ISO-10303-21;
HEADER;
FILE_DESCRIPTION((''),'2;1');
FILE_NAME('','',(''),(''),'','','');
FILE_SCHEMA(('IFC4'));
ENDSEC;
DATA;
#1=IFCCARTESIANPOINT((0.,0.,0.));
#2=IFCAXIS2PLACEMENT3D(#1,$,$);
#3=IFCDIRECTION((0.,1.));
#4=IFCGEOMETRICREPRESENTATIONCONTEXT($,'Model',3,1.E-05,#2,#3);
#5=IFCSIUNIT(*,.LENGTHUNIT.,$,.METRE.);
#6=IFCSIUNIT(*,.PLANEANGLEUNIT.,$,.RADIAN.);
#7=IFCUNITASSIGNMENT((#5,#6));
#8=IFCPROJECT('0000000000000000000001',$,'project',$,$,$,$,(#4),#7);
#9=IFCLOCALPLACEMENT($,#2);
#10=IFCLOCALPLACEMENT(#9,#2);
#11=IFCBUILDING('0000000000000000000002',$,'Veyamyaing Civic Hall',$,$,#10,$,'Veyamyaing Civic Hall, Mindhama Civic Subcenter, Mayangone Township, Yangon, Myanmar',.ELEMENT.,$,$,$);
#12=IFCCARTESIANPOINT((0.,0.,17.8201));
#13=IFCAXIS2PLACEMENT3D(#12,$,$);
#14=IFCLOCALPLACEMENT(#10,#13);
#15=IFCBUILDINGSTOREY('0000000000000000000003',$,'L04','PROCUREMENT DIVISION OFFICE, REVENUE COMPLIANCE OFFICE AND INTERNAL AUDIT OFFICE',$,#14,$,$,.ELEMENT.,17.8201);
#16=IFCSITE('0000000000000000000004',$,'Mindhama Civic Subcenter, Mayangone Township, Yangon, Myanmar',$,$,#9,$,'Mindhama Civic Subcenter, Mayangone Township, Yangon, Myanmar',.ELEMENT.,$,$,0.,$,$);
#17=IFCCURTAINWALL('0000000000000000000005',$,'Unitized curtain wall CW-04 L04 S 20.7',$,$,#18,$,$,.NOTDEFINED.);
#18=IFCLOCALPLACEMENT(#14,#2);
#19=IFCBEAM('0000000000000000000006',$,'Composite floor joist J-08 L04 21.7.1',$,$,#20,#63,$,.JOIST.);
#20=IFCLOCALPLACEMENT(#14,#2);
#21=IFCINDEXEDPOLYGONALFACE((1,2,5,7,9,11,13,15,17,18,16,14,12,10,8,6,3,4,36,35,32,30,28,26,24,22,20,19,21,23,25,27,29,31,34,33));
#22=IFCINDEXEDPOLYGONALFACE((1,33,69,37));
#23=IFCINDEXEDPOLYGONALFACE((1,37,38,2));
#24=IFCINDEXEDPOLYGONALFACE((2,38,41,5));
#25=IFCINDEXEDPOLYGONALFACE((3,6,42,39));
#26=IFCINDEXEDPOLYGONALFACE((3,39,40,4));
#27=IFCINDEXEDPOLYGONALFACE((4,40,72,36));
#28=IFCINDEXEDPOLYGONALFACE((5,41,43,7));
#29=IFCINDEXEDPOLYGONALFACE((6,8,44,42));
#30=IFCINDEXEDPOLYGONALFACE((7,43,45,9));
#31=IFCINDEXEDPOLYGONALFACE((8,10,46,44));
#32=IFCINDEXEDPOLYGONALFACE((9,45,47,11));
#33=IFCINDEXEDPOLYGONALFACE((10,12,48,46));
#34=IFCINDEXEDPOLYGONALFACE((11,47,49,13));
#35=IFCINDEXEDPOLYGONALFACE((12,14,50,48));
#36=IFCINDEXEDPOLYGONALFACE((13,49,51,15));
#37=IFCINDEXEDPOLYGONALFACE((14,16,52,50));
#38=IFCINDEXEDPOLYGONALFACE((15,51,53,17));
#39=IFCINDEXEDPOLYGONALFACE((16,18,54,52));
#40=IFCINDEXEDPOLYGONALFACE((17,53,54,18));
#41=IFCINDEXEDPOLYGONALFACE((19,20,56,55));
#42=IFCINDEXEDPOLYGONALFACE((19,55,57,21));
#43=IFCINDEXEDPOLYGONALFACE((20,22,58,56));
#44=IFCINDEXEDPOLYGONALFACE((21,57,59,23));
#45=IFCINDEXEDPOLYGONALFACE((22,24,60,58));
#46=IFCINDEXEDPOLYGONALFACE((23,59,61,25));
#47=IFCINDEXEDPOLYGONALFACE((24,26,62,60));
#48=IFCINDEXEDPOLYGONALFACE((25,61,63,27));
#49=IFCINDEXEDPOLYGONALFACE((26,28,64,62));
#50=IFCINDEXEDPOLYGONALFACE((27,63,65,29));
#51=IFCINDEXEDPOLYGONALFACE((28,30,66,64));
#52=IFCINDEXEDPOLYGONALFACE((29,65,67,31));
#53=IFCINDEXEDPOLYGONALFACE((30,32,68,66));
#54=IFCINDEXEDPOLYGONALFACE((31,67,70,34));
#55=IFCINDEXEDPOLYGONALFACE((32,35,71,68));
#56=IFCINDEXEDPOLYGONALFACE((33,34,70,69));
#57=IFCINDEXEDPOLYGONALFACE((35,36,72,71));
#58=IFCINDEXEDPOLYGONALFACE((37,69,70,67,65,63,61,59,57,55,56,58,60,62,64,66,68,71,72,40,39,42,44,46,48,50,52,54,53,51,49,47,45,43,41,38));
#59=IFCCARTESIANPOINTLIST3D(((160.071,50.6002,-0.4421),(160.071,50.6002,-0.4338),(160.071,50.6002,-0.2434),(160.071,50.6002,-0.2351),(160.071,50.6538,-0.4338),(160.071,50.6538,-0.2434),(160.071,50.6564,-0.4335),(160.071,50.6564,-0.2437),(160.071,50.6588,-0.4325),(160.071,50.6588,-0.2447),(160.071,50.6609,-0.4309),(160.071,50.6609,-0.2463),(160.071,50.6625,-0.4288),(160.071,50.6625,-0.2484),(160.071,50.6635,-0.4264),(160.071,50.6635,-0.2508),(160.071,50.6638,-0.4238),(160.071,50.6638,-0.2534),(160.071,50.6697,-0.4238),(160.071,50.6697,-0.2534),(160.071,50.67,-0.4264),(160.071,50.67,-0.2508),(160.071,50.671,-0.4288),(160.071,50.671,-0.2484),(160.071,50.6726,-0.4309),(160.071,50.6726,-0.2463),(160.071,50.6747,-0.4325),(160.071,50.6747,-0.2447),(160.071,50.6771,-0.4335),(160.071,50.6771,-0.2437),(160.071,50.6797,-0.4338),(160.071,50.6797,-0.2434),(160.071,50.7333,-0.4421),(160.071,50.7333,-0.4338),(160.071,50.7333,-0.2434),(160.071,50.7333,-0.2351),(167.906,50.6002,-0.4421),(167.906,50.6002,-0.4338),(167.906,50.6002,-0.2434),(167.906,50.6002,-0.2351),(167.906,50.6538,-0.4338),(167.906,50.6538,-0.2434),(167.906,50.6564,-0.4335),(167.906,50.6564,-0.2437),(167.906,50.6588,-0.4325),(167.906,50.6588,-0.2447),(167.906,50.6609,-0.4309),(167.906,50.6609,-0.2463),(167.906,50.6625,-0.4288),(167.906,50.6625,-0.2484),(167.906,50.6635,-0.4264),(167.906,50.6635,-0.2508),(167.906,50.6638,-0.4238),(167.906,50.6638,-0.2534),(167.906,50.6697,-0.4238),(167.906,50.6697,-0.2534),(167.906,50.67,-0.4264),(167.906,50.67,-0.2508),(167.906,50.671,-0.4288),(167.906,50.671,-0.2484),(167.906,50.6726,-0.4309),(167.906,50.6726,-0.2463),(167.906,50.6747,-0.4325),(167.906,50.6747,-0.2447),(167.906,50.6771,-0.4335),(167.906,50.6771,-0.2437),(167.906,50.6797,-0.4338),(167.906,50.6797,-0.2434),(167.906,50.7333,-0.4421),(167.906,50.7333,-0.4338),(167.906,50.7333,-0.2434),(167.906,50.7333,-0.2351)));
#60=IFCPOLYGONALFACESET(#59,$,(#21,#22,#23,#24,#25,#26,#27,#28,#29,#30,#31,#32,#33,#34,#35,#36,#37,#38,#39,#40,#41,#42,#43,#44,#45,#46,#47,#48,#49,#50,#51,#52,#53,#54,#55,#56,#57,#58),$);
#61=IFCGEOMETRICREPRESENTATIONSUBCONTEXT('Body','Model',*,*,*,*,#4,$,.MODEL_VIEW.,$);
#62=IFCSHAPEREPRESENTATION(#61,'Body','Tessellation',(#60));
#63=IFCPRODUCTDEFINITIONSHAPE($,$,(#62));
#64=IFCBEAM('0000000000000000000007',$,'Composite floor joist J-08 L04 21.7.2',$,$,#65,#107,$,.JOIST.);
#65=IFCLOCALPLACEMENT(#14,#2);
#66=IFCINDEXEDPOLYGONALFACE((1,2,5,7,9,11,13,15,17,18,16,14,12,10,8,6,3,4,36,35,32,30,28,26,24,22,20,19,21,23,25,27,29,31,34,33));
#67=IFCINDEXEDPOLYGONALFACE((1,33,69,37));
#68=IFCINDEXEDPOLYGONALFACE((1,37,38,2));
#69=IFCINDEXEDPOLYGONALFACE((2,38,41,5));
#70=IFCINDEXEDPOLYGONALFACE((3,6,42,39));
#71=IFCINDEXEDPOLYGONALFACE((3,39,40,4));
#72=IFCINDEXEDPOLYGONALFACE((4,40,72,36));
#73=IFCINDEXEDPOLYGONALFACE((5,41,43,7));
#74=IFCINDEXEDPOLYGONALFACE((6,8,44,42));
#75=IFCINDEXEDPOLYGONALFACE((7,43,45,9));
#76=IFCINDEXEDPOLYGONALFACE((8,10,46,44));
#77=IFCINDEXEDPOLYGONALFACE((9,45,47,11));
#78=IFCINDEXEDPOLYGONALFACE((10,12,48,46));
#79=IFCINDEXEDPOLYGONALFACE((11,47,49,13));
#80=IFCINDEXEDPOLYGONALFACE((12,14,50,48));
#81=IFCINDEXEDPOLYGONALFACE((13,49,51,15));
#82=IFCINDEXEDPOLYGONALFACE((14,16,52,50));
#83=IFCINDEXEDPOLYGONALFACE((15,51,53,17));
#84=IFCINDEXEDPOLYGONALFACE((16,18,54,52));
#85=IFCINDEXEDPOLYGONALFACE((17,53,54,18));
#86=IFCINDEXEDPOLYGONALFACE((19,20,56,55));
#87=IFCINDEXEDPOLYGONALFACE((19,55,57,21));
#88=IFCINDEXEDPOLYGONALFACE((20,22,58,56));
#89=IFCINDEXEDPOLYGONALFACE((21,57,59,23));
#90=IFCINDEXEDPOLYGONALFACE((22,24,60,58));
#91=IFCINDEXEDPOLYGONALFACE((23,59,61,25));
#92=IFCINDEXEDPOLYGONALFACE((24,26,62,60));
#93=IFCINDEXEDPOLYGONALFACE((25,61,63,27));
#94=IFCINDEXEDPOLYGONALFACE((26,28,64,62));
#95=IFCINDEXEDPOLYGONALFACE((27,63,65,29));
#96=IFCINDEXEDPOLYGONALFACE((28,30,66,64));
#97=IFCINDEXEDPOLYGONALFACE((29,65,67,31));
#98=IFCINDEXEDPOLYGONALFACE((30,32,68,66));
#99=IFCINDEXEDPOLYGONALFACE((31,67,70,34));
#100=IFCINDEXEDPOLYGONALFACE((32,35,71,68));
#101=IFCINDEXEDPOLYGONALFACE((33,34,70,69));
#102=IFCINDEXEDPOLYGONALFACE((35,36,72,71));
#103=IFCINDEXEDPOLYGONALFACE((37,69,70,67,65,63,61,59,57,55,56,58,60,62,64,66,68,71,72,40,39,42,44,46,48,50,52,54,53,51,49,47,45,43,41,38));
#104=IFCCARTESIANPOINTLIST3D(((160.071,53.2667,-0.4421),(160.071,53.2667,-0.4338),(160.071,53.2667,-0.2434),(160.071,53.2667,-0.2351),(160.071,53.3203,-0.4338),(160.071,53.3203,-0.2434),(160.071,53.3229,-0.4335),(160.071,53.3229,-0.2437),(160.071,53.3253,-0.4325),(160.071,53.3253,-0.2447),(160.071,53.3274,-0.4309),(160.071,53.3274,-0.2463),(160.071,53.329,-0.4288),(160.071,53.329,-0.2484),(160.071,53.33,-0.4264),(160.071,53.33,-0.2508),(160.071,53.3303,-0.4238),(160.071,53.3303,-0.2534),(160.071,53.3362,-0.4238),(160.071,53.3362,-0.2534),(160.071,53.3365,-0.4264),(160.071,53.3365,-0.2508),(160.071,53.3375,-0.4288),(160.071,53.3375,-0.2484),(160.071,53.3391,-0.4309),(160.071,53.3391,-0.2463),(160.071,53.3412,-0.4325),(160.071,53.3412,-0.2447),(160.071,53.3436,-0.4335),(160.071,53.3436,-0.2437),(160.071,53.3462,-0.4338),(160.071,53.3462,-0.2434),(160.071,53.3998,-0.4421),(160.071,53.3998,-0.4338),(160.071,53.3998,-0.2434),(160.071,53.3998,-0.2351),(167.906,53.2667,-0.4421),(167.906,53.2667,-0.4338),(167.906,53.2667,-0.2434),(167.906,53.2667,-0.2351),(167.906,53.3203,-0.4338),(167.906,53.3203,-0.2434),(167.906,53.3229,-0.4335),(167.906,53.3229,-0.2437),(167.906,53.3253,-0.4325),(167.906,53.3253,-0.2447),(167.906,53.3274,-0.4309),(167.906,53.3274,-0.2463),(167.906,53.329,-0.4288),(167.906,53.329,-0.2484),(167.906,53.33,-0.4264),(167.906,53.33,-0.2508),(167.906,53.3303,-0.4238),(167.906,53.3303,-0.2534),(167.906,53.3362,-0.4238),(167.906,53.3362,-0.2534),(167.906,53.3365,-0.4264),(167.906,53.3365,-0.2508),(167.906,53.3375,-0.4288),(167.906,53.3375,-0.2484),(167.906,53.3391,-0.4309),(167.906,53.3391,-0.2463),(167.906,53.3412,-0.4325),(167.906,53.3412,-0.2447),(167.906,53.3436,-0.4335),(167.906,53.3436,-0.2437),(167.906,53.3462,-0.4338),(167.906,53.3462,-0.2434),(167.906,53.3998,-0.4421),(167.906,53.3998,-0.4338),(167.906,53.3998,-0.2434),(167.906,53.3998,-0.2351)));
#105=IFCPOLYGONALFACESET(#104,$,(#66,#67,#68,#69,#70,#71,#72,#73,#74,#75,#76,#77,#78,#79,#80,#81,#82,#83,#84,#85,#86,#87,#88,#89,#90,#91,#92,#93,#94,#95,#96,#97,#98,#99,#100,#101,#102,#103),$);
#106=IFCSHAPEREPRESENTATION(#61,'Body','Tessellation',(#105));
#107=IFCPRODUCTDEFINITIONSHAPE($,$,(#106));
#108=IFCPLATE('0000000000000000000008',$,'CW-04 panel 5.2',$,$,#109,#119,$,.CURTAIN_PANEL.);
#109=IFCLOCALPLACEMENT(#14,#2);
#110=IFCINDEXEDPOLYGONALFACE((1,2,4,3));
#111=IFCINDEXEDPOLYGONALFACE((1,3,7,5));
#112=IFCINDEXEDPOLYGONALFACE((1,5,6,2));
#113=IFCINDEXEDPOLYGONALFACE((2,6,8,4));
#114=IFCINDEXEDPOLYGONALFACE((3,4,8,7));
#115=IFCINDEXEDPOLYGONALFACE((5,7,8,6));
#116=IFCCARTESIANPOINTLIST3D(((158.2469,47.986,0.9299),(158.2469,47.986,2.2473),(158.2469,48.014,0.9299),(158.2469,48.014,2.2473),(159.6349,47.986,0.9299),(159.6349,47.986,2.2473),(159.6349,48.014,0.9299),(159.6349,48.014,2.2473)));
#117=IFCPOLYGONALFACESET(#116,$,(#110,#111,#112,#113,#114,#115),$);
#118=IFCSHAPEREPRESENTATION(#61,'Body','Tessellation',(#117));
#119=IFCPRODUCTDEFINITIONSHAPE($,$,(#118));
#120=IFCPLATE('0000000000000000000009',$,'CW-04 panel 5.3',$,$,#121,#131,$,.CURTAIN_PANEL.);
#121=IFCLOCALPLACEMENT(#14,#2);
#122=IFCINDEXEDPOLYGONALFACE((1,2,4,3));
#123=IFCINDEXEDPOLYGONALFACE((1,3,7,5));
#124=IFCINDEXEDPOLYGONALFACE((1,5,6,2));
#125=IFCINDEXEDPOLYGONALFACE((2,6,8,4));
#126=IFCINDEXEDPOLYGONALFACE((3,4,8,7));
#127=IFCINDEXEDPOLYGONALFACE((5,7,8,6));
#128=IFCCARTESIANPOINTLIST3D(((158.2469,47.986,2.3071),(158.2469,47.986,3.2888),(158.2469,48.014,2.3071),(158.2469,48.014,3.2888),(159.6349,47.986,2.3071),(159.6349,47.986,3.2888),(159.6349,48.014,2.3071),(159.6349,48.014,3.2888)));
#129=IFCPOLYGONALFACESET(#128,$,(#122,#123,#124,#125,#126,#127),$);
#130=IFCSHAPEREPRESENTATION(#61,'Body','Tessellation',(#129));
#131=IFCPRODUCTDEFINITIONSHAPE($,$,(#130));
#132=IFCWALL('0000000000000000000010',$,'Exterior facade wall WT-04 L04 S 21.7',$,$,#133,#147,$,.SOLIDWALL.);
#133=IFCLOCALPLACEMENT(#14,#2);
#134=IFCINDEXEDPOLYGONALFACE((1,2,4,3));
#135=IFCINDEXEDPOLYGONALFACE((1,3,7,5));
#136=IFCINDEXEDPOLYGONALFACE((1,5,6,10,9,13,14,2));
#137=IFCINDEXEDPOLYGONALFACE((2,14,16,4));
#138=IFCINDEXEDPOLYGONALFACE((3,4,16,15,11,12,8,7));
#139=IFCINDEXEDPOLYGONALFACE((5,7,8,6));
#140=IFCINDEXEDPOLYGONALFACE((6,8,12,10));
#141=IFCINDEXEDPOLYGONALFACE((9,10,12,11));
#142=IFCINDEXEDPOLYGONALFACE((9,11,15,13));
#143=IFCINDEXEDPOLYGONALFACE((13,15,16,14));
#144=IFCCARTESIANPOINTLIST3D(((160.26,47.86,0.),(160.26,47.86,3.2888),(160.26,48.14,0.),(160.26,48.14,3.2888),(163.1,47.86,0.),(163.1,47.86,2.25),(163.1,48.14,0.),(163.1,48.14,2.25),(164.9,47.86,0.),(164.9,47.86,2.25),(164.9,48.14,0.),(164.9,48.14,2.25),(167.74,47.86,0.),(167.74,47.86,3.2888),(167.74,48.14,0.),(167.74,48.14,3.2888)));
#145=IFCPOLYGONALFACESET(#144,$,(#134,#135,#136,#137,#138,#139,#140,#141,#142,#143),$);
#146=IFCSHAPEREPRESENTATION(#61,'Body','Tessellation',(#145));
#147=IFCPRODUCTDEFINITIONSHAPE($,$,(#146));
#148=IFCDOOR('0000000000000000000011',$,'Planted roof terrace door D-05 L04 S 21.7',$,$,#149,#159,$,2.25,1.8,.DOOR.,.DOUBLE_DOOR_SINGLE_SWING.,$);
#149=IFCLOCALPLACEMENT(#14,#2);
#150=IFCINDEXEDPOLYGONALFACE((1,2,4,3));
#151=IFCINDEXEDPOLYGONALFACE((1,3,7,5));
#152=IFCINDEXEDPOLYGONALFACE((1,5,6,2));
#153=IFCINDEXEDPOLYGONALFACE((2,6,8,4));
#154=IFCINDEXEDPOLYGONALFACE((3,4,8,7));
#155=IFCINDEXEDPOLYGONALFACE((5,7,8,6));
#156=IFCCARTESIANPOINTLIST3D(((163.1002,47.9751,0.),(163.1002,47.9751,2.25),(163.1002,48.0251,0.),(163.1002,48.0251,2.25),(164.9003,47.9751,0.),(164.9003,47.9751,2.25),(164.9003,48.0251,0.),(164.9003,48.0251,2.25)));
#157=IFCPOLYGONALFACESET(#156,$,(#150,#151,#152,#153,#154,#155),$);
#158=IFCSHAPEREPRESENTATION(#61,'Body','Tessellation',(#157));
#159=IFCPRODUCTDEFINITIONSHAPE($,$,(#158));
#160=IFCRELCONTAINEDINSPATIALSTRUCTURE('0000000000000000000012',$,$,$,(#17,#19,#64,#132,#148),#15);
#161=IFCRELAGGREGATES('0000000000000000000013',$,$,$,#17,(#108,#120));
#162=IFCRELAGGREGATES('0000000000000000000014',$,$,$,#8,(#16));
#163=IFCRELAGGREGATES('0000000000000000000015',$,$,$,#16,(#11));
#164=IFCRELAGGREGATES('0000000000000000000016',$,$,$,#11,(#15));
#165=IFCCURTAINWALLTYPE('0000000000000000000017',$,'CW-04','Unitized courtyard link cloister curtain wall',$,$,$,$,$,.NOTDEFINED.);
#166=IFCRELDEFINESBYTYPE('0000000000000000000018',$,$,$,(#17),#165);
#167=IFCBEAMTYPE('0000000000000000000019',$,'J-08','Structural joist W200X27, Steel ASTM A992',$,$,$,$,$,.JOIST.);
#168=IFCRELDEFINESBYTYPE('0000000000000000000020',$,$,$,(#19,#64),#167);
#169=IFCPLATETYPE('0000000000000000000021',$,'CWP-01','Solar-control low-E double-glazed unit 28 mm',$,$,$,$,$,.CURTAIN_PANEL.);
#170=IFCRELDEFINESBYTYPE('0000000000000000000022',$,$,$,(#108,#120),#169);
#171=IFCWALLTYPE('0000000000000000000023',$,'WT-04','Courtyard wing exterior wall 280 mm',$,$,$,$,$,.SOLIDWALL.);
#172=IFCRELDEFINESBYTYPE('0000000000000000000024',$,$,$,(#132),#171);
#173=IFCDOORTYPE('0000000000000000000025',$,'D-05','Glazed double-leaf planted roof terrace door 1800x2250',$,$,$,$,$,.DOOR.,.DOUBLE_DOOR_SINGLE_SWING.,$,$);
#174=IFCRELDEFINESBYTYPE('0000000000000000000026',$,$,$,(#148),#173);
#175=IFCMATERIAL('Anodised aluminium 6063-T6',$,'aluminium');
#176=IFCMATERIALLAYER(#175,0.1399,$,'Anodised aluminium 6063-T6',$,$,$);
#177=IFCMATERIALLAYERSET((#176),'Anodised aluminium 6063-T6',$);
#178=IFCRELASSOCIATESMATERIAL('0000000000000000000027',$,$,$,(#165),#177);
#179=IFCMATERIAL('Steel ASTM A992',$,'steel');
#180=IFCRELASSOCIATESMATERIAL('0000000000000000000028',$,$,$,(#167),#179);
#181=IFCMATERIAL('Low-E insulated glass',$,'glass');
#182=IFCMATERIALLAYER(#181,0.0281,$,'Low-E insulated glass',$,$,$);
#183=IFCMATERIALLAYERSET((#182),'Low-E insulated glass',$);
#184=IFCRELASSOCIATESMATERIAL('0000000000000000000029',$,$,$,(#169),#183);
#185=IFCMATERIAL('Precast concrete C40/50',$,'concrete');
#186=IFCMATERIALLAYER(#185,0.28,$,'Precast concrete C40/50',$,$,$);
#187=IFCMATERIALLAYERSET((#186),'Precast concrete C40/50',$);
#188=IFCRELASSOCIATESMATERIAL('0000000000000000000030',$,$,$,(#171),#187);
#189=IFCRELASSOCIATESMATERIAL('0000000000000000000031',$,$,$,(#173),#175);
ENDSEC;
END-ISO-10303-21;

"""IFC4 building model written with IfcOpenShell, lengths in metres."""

from ifc_helpers import new_model, si_unit, direction, frame, frame_2d, origin, origin_2d, place, context, subcontext, project, spatial, rectangle, i_section, extrude, material, layer, layer_set, material_profile, profile_set, type_object, element, fill, aggregate, save


model = new_model("IFC4")

# Units and contexts
model_context = context("Model", 3, precision=1e-05, world=origin(), true_north=direction((0.0, 1.0)))
body_context = subcontext(model_context, "Body", "Model", "MODEL_VIEW")
ifc_project = project(units=[si_unit("LENGTHUNIT", "METRE"), si_unit("PLANEANGLEUNIT", "RADIAN")], contexts=[model_context])

# Site, building, storey
site_placement = place(None, origin())
site = spatial("IfcSite", under=ifc_project, at=site_placement, Name="Mindhama Civic Subcenter, Mayangone Township, Yangon, Myanmar", LongName="Mindhama Civic Subcenter, Mayangone Township, Yangon, Myanmar", CompositionType="ELEMENT", RefElevation=0.0)
building_placement = place(site_placement, origin())
building = spatial("IfcBuilding", under=site, at=building_placement, Name="Veyamyaing Civic Hall", LongName="Veyamyaing Civic Hall, Mindhama Civic Subcenter, Mayangone Township, Yangon, Myanmar", CompositionType="ELEMENT")
storey_placement = place(building_placement, frame((0.0, 0.0, 17.8201)))
storey = spatial("IfcBuildingStorey", under=building, at=storey_placement, Name="L04", Description="PROCUREMENT DIVISION OFFICE, REVENUE COMPLIANCE OFFICE AND INTERNAL AUDIT OFFICE", CompositionType="ELEMENT", Elevation=17.8201)

# Shared definitions
ifc_material_1 = material(Name="Steel ASTM A992", Category="steel")

# Curtain wall
ifc_material_2 = material(Name="Anodised aluminium 6063-T6", Category="aluminium")
ifc_layer_1 = layer(ifc_material_2, 0.1399, Name="Anodised aluminium 6063-T6")
ifc_layer_set_1 = layer_set([ifc_layer_1], Name="Anodised aluminium 6063-T6")
curtain_wall_type = type_object("IfcCurtainWallType", Name="CW-04", Description="Unitized courtyard link cloister curtain wall", PredefinedType="NOTDEFINED", material=ifc_layer_set_1)
curtain_wall_placement = place(storey_placement, origin())
curtain_wall = element("IfcCurtainWall", 1, at=curtain_wall_placement, inside=storey, type_object=curtain_wall_type, Name="Unitized curtain wall CW-04 L04 S 20.7", PredefinedType="NOTDEFINED")

# Beams
ifc_material_profile_1 = material_profile(ifc_material_1, i_section(OverallWidth=0.1331, OverallDepth=0.207, WebThickness=0.0059, FlangeThickness=0.0083, FilletRadius=0.01, at=origin_2d()), Name="W200X27")
ifc_profile_set_1 = profile_set([ifc_material_profile_1], Name="Steel ASTM A992")
beam_type_1 = type_object("IfcBeamType", Name="J-08", Description="Structural joist W200X27, Steel ASTM A992", PredefinedType="JOIST", material=ifc_profile_set_1)
for number, where, z_axis, x_axis, name in (
    (2, (160.071, 50.6667, -0.3386), (1.0, 0.0, 0.0), (0.0, 1.0, 0.0), "Composite floor joist J-08 L04 21.7.1"),
    (3, (160.071, 53.3333, -0.3386), (1.0, 0.0, 0.0), (0.0, 1.0, 0.0), "Composite floor joist J-08 L04 21.7.2"),
):
    element("IfcBeam", number, at=place(storey_placement, frame(where, z_axis=z_axis, x_axis=x_axis)), inside=storey, type_object=beam_type_1, Name=name, PredefinedType="JOIST", context=body_context, shape_type="SweptSolid", body=[
        extrude(i_section(OverallWidth=0.1331, OverallDepth=0.207, WebThickness=0.0059, FlangeThickness=0.0083, FilletRadius=0.01, at=origin_2d()), origin(), (0.0, 0.0, 1.0), 7.835),
    ])

# Plates
ifc_material_3 = material(Name="Low-E insulated glass", Category="glass")
ifc_layer_2 = layer(ifc_material_3, 0.0281, Name="Low-E insulated glass")
ifc_layer_set_2 = layer_set([ifc_layer_2], Name="Low-E insulated glass")
plate_type = type_object("IfcPlateType", Name="CWP-01", Description="Solar-control low-E double-glazed unit 28 mm", PredefinedType="CURTAIN_PANEL", material=ifc_layer_set_2)
plate_1_placement = place(storey_placement, frame((158.9409, 48.0, 0.9299), z_axis=(0.0, 0.0, 1.0), x_axis=(1.0, 0.0, 0.0)))
plate_1 = element("IfcPlate", 4, at=plate_1_placement, type_object=plate_type, Name="CW-04 panel 5.2", PredefinedType="CURTAIN_PANEL", context=body_context, shape_type="SweptSolid", body=[
    extrude(rectangle(XDim=1.3879, YDim=0.0281, at=origin_2d()), origin(), (0.0, 0.0, 1.0), 1.3174),
])
plate_2_placement = place(storey_placement, frame((158.9409, 48.0, 2.3071), z_axis=(0.0, 0.0, 1.0), x_axis=(1.0, 0.0, 0.0)))
plate_2 = element("IfcPlate", 5, at=plate_2_placement, type_object=plate_type, Name="CW-04 panel 5.3", PredefinedType="CURTAIN_PANEL", context=body_context, shape_type="SweptSolid", body=[
    extrude(rectangle(XDim=1.3879, YDim=0.0281, at=origin_2d()), origin(), (0.0, 0.0, 1.0), 0.9817),
])
aggregate(curtain_wall, [plate_1, plate_2])

# Wall, opening, door
ifc_material_4 = material(Name="Precast concrete C40/50", Category="concrete")
ifc_layer_3 = layer(ifc_material_4, 0.28, Name="Precast concrete C40/50")
ifc_layer_set_3 = layer_set([ifc_layer_3], Name="Precast concrete C40/50")
wall_type_1 = type_object("IfcWallType", Name="WT-04", Description="Courtyard wing exterior wall 280 mm", PredefinedType="SOLIDWALL", material=ifc_layer_set_3)
wall_1_placement = place(storey_placement, frame((160.26, 48.0, 0.0), z_axis=(0.0, 0.0, 1.0), x_axis=(1.0, 0.0, 0.0)))
wall_1 = element("IfcWall", 6, at=wall_1_placement, inside=storey, type_object=wall_type_1, Name="Exterior facade wall WT-04 L04 S 21.7", PredefinedType="SOLIDWALL", context=body_context, shape_type="SweptSolid", body=[
    extrude(rectangle(XDim=7.48, YDim=0.28, at=frame_2d((3.74, 0.0))), origin(), (0.0, 0.0, 1.0), 3.2888),
])
opening_1_placement = place(wall_1_placement, frame((2.8401, 0.0, 0.0)))
opening_1 = element("IfcOpeningElement", 7, at=opening_1_placement, cuts=wall_1, PredefinedType="OPENING", context=body_context, shape_type="SweptSolid", body=[
    extrude(rectangle(XDim=1.8, YDim=2.25, at=frame_2d((0.8999, 1.125))), frame((0.0, 0.1499, 0.0), z_axis=(0.0, -1.0, 0.0), x_axis=(1.0, 0.0, 0.0)), (0.0, 0.0, 1.0), 0.3),
])
door_type_1 = type_object("IfcDoorType", Name="D-05", Description="Glazed double-leaf planted roof terrace door 1800x2250", OperationType="DOUBLE_DOOR_SINGLE_SWING", PredefinedType="DOOR", material=ifc_material_2)
door_1_placement = place(opening_1_placement, frame((1.8, 0.0, 0.0), z_axis=(0.0, 0.0, 1.0), x_axis=(-1.0, 0.0, 0.0)))
door_1 = element("IfcDoor", 8, at=door_1_placement, inside=storey, type_object=door_type_1, Name="Planted roof terrace door D-05 L04 S 21.7", OperationType="DOUBLE_DOOR_SINGLE_SWING", OverallHeight=2.25, OverallWidth=1.8, PredefinedType="DOOR", context=body_context, shape_type="SweptSolid", body=[
    extrude(rectangle(XDim=1.8, YDim=2.25, at=frame_2d((0.8999, 1.125))), frame((0.0, 0.0249, 0.0), z_axis=(0.0, -1.0, 0.0), x_axis=(1.0, 0.0, 0.0)), (0.0, 0.0, 1.0), 0.05),
])
fill(opening_1, door_1)

save(model, "model.ifc")
